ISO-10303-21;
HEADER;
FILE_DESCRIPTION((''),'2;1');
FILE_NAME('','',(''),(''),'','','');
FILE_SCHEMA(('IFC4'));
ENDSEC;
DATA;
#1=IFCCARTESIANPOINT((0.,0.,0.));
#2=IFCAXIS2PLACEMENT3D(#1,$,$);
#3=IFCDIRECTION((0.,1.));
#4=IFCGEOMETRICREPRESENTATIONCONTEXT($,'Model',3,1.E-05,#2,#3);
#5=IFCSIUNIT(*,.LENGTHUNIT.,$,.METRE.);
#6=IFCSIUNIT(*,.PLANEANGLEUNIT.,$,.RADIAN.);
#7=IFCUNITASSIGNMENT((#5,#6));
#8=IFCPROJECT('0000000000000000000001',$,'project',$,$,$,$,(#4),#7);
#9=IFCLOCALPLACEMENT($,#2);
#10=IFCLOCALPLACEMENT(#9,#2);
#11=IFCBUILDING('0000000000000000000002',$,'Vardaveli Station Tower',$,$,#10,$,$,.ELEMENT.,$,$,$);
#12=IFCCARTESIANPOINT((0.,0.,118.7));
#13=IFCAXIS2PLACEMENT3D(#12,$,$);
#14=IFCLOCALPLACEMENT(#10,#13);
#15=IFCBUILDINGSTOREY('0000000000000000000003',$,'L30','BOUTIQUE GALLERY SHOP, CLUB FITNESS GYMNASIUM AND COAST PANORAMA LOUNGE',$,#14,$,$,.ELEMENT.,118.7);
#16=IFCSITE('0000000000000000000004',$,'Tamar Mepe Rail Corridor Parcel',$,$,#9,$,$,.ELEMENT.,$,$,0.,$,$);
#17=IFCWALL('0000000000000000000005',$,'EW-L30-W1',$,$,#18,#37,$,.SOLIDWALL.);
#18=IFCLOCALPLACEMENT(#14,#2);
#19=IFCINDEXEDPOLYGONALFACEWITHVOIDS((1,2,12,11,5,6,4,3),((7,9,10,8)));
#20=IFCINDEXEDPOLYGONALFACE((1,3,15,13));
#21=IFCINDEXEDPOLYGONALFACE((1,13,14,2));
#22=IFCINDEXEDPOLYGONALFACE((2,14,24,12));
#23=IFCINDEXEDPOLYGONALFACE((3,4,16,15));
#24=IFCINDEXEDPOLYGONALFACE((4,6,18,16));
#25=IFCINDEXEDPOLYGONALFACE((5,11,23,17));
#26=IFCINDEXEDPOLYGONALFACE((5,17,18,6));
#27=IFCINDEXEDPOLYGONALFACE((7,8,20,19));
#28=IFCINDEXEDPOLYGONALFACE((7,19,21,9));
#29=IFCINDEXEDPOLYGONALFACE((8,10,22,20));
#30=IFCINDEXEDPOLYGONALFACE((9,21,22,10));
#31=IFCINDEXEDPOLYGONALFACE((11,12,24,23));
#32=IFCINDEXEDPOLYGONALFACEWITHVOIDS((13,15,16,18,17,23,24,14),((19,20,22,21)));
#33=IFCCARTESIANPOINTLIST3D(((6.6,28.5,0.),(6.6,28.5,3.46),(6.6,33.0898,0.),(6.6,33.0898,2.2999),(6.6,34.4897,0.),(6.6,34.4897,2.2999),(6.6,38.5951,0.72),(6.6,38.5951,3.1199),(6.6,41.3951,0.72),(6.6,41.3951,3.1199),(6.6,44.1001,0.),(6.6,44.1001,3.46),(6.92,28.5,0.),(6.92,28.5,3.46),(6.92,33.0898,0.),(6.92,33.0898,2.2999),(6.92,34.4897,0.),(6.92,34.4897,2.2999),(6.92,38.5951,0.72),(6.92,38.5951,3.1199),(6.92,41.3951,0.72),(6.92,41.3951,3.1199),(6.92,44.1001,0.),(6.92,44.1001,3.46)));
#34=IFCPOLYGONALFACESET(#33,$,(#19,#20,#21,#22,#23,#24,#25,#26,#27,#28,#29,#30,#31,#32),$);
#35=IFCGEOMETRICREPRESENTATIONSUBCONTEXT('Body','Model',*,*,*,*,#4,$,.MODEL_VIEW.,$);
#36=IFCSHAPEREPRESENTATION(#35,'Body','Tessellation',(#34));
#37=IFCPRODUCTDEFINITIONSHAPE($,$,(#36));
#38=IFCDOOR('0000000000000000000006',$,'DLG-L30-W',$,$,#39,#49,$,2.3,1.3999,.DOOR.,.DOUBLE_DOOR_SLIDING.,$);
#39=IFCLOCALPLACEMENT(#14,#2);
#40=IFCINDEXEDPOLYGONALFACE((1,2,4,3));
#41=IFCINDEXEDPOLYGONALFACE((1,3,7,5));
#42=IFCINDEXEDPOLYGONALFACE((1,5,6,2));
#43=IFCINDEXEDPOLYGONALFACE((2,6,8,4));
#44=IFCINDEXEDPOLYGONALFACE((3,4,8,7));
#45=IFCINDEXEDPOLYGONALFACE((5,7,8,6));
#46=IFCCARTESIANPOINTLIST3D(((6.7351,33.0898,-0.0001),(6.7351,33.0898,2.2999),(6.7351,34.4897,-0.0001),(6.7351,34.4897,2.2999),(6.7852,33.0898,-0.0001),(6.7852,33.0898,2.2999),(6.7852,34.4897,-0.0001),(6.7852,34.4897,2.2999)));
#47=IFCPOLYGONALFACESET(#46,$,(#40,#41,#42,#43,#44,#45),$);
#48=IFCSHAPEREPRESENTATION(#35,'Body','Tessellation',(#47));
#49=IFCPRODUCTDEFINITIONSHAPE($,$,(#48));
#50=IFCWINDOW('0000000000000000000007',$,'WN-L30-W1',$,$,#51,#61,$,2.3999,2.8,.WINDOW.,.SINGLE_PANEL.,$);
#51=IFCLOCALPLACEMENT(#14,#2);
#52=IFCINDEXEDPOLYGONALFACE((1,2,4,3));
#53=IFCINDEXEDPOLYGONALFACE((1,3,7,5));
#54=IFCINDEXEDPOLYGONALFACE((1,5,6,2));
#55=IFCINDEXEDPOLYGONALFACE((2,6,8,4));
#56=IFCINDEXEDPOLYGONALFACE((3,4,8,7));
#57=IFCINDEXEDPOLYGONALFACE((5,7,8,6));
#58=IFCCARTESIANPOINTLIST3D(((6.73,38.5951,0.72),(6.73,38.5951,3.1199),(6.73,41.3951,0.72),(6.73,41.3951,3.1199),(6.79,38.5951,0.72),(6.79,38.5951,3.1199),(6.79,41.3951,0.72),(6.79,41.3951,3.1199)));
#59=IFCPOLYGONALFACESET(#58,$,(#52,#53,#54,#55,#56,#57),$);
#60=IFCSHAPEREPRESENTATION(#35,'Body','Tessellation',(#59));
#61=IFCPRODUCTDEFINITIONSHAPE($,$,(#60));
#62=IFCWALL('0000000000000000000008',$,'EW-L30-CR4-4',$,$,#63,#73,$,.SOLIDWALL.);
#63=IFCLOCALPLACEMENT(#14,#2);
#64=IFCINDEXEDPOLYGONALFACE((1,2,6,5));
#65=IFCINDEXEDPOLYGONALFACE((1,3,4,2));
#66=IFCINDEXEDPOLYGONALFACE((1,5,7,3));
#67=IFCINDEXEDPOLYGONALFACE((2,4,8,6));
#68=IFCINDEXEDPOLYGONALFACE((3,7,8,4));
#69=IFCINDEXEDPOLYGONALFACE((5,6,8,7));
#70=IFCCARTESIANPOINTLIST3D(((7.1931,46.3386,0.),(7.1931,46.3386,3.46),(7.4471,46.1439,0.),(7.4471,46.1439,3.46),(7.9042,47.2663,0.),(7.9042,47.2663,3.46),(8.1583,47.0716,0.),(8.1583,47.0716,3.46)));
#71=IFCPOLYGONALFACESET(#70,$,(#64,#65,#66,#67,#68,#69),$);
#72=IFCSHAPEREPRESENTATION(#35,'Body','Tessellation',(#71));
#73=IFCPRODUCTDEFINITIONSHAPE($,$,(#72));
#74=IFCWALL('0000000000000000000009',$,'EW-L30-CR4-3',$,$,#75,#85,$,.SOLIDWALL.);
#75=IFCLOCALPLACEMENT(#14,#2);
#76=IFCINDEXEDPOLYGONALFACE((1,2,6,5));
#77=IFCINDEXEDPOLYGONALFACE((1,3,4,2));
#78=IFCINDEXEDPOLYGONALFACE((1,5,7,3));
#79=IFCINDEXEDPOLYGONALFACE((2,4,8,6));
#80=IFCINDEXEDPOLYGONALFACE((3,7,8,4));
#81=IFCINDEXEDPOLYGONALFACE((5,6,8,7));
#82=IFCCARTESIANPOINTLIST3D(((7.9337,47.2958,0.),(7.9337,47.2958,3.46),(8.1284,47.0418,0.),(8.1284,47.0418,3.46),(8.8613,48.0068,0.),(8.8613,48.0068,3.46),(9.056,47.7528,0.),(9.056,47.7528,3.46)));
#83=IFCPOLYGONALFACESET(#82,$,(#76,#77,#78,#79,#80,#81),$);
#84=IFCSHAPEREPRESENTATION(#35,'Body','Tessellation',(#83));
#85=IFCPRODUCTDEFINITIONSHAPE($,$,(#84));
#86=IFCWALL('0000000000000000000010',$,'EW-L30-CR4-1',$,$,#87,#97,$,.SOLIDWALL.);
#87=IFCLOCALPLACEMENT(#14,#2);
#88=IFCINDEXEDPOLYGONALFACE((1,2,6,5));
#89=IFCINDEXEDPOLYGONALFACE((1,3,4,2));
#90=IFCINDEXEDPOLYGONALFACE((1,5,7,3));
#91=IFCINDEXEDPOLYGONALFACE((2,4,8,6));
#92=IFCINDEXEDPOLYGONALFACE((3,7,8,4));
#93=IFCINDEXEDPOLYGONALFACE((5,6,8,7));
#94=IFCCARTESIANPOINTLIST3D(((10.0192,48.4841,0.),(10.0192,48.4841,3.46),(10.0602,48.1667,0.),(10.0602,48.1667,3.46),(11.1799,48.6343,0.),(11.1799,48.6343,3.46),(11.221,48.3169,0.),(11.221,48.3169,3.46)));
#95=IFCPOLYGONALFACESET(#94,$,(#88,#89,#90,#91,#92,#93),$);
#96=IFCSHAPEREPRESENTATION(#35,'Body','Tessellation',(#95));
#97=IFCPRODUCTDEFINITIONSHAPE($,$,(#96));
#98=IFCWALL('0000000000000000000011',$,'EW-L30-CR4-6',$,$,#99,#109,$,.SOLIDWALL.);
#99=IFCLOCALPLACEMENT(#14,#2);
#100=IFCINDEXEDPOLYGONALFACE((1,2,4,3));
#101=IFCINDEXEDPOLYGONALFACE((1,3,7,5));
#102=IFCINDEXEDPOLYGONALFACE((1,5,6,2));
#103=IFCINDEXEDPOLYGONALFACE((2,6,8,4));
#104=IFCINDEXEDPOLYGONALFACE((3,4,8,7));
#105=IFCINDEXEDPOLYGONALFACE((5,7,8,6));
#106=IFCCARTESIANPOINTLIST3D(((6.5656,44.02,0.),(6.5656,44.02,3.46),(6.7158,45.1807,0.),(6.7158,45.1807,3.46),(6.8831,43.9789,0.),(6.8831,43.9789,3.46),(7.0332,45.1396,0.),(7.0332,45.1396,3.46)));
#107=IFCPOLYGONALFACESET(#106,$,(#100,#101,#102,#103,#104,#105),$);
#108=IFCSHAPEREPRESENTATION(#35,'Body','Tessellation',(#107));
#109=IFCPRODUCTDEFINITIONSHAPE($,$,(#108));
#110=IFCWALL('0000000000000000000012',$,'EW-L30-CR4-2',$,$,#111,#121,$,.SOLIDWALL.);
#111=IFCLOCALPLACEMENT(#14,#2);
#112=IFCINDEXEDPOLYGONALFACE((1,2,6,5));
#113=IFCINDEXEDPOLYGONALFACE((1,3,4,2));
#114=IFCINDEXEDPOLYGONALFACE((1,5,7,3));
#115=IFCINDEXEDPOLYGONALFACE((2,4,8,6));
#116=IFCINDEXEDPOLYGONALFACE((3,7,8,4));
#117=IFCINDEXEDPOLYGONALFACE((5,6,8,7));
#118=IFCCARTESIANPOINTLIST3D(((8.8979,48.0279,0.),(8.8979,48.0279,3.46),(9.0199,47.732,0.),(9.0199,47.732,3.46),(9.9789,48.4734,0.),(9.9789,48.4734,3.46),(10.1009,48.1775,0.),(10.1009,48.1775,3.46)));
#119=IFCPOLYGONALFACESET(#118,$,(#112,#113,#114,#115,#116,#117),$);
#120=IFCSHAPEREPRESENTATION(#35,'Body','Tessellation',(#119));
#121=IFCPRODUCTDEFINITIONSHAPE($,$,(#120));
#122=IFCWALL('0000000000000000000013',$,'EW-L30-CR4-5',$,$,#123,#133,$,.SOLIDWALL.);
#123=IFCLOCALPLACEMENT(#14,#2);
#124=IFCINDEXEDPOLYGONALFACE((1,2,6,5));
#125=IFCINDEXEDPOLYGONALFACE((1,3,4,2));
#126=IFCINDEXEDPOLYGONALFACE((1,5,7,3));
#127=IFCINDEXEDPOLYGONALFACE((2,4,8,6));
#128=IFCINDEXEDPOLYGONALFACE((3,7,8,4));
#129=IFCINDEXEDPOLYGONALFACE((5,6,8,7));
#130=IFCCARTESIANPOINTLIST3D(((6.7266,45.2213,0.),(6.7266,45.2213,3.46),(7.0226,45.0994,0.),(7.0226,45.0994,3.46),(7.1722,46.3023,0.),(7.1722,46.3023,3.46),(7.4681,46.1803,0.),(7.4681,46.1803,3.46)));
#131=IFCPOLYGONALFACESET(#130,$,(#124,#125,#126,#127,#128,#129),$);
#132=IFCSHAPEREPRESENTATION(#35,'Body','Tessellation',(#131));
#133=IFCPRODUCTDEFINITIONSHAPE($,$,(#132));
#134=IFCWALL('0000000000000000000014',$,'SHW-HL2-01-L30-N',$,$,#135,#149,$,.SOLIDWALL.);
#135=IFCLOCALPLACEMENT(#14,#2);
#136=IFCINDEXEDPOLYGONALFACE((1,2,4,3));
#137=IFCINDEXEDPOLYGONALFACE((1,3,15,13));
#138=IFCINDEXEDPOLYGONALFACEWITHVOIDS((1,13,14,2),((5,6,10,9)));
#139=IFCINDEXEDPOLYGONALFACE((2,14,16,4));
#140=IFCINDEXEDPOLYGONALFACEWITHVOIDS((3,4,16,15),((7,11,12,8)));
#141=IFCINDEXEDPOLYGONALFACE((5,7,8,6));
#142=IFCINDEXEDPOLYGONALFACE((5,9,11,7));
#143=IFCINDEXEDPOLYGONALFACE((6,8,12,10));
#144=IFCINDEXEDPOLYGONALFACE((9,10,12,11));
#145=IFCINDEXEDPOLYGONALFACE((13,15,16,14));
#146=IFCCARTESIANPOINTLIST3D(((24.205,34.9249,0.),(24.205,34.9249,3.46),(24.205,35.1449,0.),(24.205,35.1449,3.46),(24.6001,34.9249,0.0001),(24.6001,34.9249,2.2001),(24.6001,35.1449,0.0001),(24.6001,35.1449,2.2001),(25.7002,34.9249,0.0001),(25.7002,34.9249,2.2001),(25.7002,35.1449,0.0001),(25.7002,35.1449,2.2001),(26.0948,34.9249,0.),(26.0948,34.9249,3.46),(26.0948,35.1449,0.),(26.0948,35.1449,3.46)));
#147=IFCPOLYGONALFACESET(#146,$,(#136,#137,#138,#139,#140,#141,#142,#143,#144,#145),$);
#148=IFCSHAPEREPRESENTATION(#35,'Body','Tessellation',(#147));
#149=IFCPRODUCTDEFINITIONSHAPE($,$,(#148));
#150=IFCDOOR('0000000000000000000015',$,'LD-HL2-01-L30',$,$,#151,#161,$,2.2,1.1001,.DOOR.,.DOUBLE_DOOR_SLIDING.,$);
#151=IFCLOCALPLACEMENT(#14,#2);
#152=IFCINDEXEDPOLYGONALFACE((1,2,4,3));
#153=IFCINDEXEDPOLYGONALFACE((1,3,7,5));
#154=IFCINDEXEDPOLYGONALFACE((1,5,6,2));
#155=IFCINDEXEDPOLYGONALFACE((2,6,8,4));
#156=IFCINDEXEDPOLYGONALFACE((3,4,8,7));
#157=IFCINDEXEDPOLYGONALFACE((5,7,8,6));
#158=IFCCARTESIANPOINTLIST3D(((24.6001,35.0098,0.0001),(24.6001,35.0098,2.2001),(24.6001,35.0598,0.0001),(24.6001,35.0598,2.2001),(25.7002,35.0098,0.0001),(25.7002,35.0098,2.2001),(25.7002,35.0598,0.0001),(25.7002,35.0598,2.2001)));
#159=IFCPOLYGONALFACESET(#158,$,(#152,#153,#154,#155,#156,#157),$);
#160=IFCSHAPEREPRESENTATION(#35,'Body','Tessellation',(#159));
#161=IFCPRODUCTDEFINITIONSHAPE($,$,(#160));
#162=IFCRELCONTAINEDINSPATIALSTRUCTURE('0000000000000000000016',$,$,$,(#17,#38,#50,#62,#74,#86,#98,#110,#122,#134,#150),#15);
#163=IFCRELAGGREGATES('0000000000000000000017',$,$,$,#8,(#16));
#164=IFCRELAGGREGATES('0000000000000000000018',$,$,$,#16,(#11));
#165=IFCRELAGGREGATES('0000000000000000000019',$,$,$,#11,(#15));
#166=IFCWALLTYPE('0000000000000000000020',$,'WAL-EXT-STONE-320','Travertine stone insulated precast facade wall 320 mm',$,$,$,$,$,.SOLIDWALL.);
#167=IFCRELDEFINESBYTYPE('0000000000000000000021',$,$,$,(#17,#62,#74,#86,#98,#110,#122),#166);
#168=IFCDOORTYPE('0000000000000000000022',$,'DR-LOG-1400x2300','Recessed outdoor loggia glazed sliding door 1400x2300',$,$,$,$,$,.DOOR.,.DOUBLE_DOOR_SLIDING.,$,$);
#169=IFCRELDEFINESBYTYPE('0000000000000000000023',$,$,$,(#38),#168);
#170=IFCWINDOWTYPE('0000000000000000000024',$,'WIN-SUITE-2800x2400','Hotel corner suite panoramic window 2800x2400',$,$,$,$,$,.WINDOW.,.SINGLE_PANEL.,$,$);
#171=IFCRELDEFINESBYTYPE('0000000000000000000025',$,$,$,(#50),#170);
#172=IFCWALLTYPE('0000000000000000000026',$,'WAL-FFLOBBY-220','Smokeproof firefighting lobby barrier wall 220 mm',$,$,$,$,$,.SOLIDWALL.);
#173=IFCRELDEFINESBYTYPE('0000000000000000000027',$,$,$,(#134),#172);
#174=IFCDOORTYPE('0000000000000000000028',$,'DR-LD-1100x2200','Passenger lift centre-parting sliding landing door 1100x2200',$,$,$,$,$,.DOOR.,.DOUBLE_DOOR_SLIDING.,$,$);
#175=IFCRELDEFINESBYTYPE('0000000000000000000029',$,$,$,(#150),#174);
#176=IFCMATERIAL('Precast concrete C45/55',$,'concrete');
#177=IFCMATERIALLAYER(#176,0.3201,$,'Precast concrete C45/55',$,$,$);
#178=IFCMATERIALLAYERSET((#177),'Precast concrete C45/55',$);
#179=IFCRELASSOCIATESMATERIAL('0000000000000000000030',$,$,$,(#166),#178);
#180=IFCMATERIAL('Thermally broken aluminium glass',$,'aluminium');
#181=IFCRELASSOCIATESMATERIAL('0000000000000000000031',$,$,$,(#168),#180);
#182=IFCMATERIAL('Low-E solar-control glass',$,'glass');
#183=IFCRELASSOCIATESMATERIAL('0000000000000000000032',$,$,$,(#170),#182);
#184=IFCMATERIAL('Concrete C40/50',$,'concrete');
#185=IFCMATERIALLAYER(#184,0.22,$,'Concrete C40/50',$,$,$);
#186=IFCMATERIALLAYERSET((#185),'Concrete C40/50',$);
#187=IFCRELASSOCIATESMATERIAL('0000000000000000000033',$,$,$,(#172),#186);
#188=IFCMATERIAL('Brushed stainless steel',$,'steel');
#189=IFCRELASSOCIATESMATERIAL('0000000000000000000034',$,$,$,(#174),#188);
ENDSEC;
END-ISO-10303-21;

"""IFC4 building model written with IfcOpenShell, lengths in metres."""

from ifc_helpers import new_model, si_unit, direction, frame, frame_2d, origin, place, context, subcontext, project, spatial, rectangle, extrude, source, transform, mapped, material, layer, layer_set, type_object, element, fill, save


model = new_model("IFC4")

# Units and contexts
model_context = context("Model", 3, precision=1e-05, world=origin(), true_north=direction((0.0, 1.0)))
body_context = subcontext(model_context, "Body", "Model", "MODEL_VIEW")
ifc_project = project(units=[si_unit("LENGTHUNIT", "METRE"), si_unit("PLANEANGLEUNIT", "RADIAN")], contexts=[model_context])

# Site, building, storey
site_placement = place(None, origin())
site = spatial("IfcSite", under=ifc_project, at=site_placement, Name="Tamar Mepe Rail Corridor Parcel", CompositionType="ELEMENT", RefElevation=0.0)
building_placement = place(site_placement, origin())
building = spatial("IfcBuilding", under=site, at=building_placement, Name="Vardaveli Station Tower", CompositionType="ELEMENT")
storey_placement = place(building_placement, frame((0.0, 0.0, 118.7)))
storey = spatial("IfcBuildingStorey", under=building, at=storey_placement, Name="L30", Description="BOUTIQUE GALLERY SHOP, CLUB FITNESS GYMNASIUM AND COAST PANORAMA LOUNGE", CompositionType="ELEMENT", Elevation=118.7)

# Shared definitions
ifc_material_1 = material(Name="Precast concrete C45/55", Category="concrete")

# Wall, openings, door, window
ifc_layer_1 = layer(ifc_material_1, 0.3201, Name="Precast concrete C45/55")
ifc_layer_set_1 = layer_set([ifc_layer_1], Name="Precast concrete C45/55")
wall_type_1 = type_object("IfcWallType", Name="WAL-EXT-STONE-320", Description="Travertine stone insulated precast facade wall 320 mm", PredefinedType="SOLIDWALL", material=ifc_layer_set_1)
shared_shape_1 = source(origin(), body_context, "Body", "SweptSolid", [
    extrude(rectangle(XDim=15.6001, YDim=0.3201, at=frame_2d((7.8, 0.0))), origin(), (0.0, 0.0, 1.0), 3.46),
])
wall_1_placement = place(storey_placement, frame((6.76, 44.1001, 0.0), z_axis=(0.0, 0.0, 1.0), x_axis=(0.0, -1.0, 0.0)))
wall_1 = element("IfcWall", 1, at=wall_1_placement, inside=storey, type_object=wall_type_1, Name="EW-L30-W1", PredefinedType="SOLIDWALL", context=body_context, shape_type="MappedRepresentation", body=[
    mapped(shared_shape_1, transform((0.0, 0.0, 0.0), scale=1.0)),
])
shared_shape_2 = source(origin(), body_context, "Body", "SweptSolid", [
    extrude(rectangle(XDim=1.3999, YDim=2.3, at=frame_2d((0.7, 1.1499))), frame((0.0, 0.1699, 0.0), z_axis=(0.0, -1.0, 0.0), x_axis=(1.0, 0.0, 0.0)), (0.0, 0.0, 1.0), 0.3401),
])
opening_1_placement = place(wall_1_placement, frame((9.6104, 0.0, 0.0)))
opening_1 = element("IfcOpeningElement", 2, at=opening_1_placement, cuts=wall_1, PredefinedType="OPENING", context=body_context, shape_type="MappedRepresentation", body=[
    mapped(shared_shape_2, transform((0.0, 0.0, 0.0), scale=1.0)),
])
shared_shape_3 = source(origin(), body_context, "Body", "SweptSolid", [
    extrude(rectangle(XDim=2.8, YDim=2.3999, at=frame_2d((1.3999, 1.2))), frame((0.0, 0.1699, 0.0), z_axis=(0.0, -1.0, 0.0), x_axis=(1.0, 0.0, 0.0)), (0.0, 0.0, 1.0), 0.3401),
])
opening_2_placement = place(wall_1_placement, frame((2.7051, 0.0, 0.72)))
opening_2 = element("IfcOpeningElement", 3, at=opening_2_placement, cuts=wall_1, PredefinedType="OPENING", context=body_context, shape_type="MappedRepresentation", body=[
    mapped(shared_shape_3, transform((0.0, 0.0, 0.0), scale=1.0)),
])
ifc_material_2 = material(Name="Thermally broken aluminium glass", Category="aluminium")
door_type_1 = type_object("IfcDoorType", Name="DR-LOG-1400x2300", Description="Recessed outdoor loggia glazed sliding door 1400x2300", OperationType="DOUBLE_DOOR_SLIDING", PredefinedType="DOOR", material=ifc_material_2)
shared_shape_4 = source(origin(), body_context, "Body", "SweptSolid", [
    extrude(rectangle(XDim=1.3999, YDim=2.3, at=frame_2d((0.7, 1.1499))), frame((0.0, 0.0249, 0.0), z_axis=(0.0, -1.0, 0.0), x_axis=(1.0, 0.0, 0.0)), (0.0, 0.0, 1.0), 0.05),
])
door_1_placement = place(opening_1_placement, frame((1.3999, 0.0, 0.0), z_axis=(0.0, 0.0, 1.0), x_axis=(-1.0, 0.0, 0.0)))
door_1 = element("IfcDoor", 4, at=door_1_placement, inside=storey, type_object=door_type_1, Name="DLG-L30-W", OperationType="DOUBLE_DOOR_SLIDING", OverallHeight=2.3, OverallWidth=1.3999, PredefinedType="DOOR", context=body_context, shape_type="MappedRepresentation", body=[
    mapped(shared_shape_4, transform((0.0, 0.0, 0.0), scale=1.0)),
])
fill(opening_1, door_1)
ifc_material_3 = material(Name="Low-E solar-control glass", Category="glass")
window_type = type_object("IfcWindowType", Name="WIN-SUITE-2800x2400", Description="Hotel corner suite panoramic window 2800x2400", PartitioningType="SINGLE_PANEL", PredefinedType="WINDOW", material=ifc_material_3)
shared_shape_5 = source(origin(), body_context, "Body", "SweptSolid", [
    extrude(rectangle(XDim=2.8, YDim=2.3999, at=frame_2d((1.3999, 1.2))), frame((0.0, 0.03, 0.0), z_axis=(0.0, -1.0, 0.0), x_axis=(1.0, 0.0, 0.0)), (0.0, 0.0, 1.0), 0.0601),
])
window_placement = place(opening_2_placement, origin())
window = element("IfcWindow", 5, at=window_placement, inside=storey, type_object=window_type, Name="WN-L30-W1", OverallHeight=2.3999, OverallWidth=2.8, PartitioningType="SINGLE_PANEL", PredefinedType="WINDOW", context=body_context, shape_type="MappedRepresentation", body=[
    mapped(shared_shape_5, transform((0.0, 0.0, 0.0), scale=1.0)),
])
fill(opening_2, window)

# Walls
shared_shape_6 = source(origin(), body_context, "Body", "SweptSolid", [
    extrude(rectangle(XDim=1.1689, YDim=0.3201, at=frame_2d((0.5845, 0.0))), origin(), (0.0, 0.0, 1.0), 3.46),
])
wall_2_placement = place(storey_placement, frame((8.0312, 47.1689, 0.0), z_axis=(0.0, 0.0, 1.0), x_axis=(-0.608388, -0.79364, 0.0)))
element("IfcWall", 6, at=wall_2_placement, inside=storey, type_object=wall_type_1, Name="EW-L30-CR4-4", PredefinedType="SOLIDWALL", context=body_context, shape_type="MappedRepresentation", body=[
    mapped(shared_shape_6, transform((0.0, 0.0, 0.0), scale=1.0)),
])
shared_shape_7 = source(origin(), body_context, "Body", "SweptSolid", [
    extrude(rectangle(XDim=1.1687, YDim=0.3201, at=frame_2d((0.5845, 0.0))), origin(), (0.0, 0.0, 1.0), 3.46),
])
wall_3_placement = place(storey_placement, frame((8.9587, 47.8799, 0.0), z_axis=(0.0, 0.0, 1.0), x_axis=(-0.793664, -0.608357, 0.0)))
element("IfcWall", 7, at=wall_3_placement, inside=storey, type_object=wall_type_1, Name="EW-L30-CR4-3", PredefinedType="SOLIDWALL", context=body_context, shape_type="MappedRepresentation", body=[
    mapped(shared_shape_7, transform((0.0, 0.0, 0.0), scale=1.0)),
])
shared_shape_8 = source(origin(), body_context, "Body", "SweptSolid", [
    extrude(rectangle(XDim=1.1704, YDim=0.3201, at=frame_2d((0.5852, 0.0))), origin(), (0.0, 0.0, 1.0), 3.46),
])
for number, where, z_axis, x_axis, name in (
    (8, (11.2004, 48.4756, 0.0), (0.0, 0.0, 1.0), (-0.991736, -0.128296, 0.0), "EW-L30-CR4-1"),
    (9, (6.8745, 45.1602, 0.0), (0.0, 0.0, 1.0), (-0.128296, -0.991736, 0.0), "EW-L30-CR4-6"),
):
    element("IfcWall", number, at=place(storey_placement, frame(where, z_axis=z_axis, x_axis=x_axis)), inside=storey, type_object=wall_type_1, Name=name, PredefinedType="SOLIDWALL", context=body_context, shape_type="MappedRepresentation", body=[
        mapped(shared_shape_8, transform((0.0, 0.0, 0.0), scale=1.0)),
    ])
shared_shape_9 = source(origin(), body_context, "Body", "SweptSolid", [
    extrude(rectangle(XDim=1.1692, YDim=0.3201, at=frame_2d((0.5845, 0.0))), origin(), (0.0, 0.0, 1.0), 3.46),
])
for number, where, z_axis, x_axis, name in (
    (10, (10.0398, 48.3254, 0.0), (0.0, 0.0, 1.0), (-0.924553, -0.381054, 0.0), "EW-L30-CR4-2"),
    (11, (7.3201, 46.2412, 0.0), (0.0, 0.0, 1.0), (-0.381054, -0.924553, 0.0), "EW-L30-CR4-5"),
):
    element("IfcWall", number, at=place(storey_placement, frame(where, z_axis=z_axis, x_axis=x_axis)), inside=storey, type_object=wall_type_1, Name=name, PredefinedType="SOLIDWALL", context=body_context, shape_type="MappedRepresentation", body=[
        mapped(shared_shape_9, transform((0.0, 0.0, 0.0), scale=1.0)),
    ])

# Wall, opening, door
ifc_material_4 = material(Name="Concrete C40/50", Category="concrete")
ifc_layer_2 = layer(ifc_material_4, 0.22, Name="Concrete C40/50")
ifc_layer_set_2 = layer_set([ifc_layer_2], Name="Concrete C40/50")
wall_type_2 = type_object("IfcWallType", Name="WAL-FFLOBBY-220", Description="Smokeproof firefighting lobby barrier wall 220 mm", PredefinedType="SOLIDWALL", material=ifc_layer_set_2)
shared_shape_10 = source(origin(), body_context, "Body", "SweptSolid", [
    extrude(rectangle(XDim=1.8899, YDim=0.22, at=frame_2d((0.9448, 0.0))), origin(), (0.0, 0.0, 1.0), 3.46),
])
wall_4_placement = place(storey_placement, frame((24.2051, 35.0349, 0.0), z_axis=(0.0, 0.0, 1.0), x_axis=(1.0, 0.0, 0.0)))
wall_4 = element("IfcWall", 12, at=wall_4_placement, inside=storey, type_object=wall_type_2, Name="SHW-HL2-01-L30-N", PredefinedType="SOLIDWALL", context=body_context, shape_type="MappedRepresentation", body=[
    mapped(shared_shape_10, transform((0.0, 0.0, 0.0), scale=1.0)),
])
shared_shape_11 = source(origin(), body_context, "Body", "SweptSolid", [
    extrude(rectangle(XDim=1.1001, YDim=2.2, at=frame_2d((0.55, 1.1001))), frame((0.0, 0.1201, 0.0), z_axis=(0.0, -1.0, 0.0), x_axis=(1.0, 0.0, 0.0)), (0.0, 0.0, 1.0), 0.24),
])
opening_3_placement = place(wall_4_placement, frame((0.395, 0.0, 0.0)))
opening_3 = element("IfcOpeningElement", 13, at=opening_3_placement, cuts=wall_4, PredefinedType="OPENING", context=body_context, shape_type="MappedRepresentation", body=[
    mapped(shared_shape_11, transform((0.0, 0.0, 0.0), scale=1.0)),
])
ifc_material_5 = material(Name="Brushed stainless steel", Category="steel")
door_type_2 = type_object("IfcDoorType", Name="DR-LD-1100x2200", Description="Passenger lift centre-parting sliding landing door 1100x2200", OperationType="DOUBLE_DOOR_SLIDING", PredefinedType="DOOR", material=ifc_material_5)
shared_shape_12 = source(origin(), body_context, "Body", "SweptSolid", [
    extrude(rectangle(XDim=1.1001, YDim=2.2, at=frame_2d((0.55, 1.1001))), frame((0.0, 0.0249, 0.0), z_axis=(0.0, -1.0, 0.0), x_axis=(1.0, 0.0, 0.0)), (0.0, 0.0, 1.0), 0.05),
])
door_2_placement = place(opening_3_placement, origin())
door_2 = element("IfcDoor", 14, at=door_2_placement, inside=storey, type_object=door_type_2, Name="LD-HL2-01-L30", OperationType="DOUBLE_DOOR_SLIDING", OverallHeight=2.2, OverallWidth=1.1001, PredefinedType="DOOR", context=body_context, shape_type="MappedRepresentation", body=[
    mapped(shared_shape_12, transform((0.0, 0.0, 0.0), scale=1.0)),
])
fill(opening_3, door_2)

save(model, "model.ifc")
